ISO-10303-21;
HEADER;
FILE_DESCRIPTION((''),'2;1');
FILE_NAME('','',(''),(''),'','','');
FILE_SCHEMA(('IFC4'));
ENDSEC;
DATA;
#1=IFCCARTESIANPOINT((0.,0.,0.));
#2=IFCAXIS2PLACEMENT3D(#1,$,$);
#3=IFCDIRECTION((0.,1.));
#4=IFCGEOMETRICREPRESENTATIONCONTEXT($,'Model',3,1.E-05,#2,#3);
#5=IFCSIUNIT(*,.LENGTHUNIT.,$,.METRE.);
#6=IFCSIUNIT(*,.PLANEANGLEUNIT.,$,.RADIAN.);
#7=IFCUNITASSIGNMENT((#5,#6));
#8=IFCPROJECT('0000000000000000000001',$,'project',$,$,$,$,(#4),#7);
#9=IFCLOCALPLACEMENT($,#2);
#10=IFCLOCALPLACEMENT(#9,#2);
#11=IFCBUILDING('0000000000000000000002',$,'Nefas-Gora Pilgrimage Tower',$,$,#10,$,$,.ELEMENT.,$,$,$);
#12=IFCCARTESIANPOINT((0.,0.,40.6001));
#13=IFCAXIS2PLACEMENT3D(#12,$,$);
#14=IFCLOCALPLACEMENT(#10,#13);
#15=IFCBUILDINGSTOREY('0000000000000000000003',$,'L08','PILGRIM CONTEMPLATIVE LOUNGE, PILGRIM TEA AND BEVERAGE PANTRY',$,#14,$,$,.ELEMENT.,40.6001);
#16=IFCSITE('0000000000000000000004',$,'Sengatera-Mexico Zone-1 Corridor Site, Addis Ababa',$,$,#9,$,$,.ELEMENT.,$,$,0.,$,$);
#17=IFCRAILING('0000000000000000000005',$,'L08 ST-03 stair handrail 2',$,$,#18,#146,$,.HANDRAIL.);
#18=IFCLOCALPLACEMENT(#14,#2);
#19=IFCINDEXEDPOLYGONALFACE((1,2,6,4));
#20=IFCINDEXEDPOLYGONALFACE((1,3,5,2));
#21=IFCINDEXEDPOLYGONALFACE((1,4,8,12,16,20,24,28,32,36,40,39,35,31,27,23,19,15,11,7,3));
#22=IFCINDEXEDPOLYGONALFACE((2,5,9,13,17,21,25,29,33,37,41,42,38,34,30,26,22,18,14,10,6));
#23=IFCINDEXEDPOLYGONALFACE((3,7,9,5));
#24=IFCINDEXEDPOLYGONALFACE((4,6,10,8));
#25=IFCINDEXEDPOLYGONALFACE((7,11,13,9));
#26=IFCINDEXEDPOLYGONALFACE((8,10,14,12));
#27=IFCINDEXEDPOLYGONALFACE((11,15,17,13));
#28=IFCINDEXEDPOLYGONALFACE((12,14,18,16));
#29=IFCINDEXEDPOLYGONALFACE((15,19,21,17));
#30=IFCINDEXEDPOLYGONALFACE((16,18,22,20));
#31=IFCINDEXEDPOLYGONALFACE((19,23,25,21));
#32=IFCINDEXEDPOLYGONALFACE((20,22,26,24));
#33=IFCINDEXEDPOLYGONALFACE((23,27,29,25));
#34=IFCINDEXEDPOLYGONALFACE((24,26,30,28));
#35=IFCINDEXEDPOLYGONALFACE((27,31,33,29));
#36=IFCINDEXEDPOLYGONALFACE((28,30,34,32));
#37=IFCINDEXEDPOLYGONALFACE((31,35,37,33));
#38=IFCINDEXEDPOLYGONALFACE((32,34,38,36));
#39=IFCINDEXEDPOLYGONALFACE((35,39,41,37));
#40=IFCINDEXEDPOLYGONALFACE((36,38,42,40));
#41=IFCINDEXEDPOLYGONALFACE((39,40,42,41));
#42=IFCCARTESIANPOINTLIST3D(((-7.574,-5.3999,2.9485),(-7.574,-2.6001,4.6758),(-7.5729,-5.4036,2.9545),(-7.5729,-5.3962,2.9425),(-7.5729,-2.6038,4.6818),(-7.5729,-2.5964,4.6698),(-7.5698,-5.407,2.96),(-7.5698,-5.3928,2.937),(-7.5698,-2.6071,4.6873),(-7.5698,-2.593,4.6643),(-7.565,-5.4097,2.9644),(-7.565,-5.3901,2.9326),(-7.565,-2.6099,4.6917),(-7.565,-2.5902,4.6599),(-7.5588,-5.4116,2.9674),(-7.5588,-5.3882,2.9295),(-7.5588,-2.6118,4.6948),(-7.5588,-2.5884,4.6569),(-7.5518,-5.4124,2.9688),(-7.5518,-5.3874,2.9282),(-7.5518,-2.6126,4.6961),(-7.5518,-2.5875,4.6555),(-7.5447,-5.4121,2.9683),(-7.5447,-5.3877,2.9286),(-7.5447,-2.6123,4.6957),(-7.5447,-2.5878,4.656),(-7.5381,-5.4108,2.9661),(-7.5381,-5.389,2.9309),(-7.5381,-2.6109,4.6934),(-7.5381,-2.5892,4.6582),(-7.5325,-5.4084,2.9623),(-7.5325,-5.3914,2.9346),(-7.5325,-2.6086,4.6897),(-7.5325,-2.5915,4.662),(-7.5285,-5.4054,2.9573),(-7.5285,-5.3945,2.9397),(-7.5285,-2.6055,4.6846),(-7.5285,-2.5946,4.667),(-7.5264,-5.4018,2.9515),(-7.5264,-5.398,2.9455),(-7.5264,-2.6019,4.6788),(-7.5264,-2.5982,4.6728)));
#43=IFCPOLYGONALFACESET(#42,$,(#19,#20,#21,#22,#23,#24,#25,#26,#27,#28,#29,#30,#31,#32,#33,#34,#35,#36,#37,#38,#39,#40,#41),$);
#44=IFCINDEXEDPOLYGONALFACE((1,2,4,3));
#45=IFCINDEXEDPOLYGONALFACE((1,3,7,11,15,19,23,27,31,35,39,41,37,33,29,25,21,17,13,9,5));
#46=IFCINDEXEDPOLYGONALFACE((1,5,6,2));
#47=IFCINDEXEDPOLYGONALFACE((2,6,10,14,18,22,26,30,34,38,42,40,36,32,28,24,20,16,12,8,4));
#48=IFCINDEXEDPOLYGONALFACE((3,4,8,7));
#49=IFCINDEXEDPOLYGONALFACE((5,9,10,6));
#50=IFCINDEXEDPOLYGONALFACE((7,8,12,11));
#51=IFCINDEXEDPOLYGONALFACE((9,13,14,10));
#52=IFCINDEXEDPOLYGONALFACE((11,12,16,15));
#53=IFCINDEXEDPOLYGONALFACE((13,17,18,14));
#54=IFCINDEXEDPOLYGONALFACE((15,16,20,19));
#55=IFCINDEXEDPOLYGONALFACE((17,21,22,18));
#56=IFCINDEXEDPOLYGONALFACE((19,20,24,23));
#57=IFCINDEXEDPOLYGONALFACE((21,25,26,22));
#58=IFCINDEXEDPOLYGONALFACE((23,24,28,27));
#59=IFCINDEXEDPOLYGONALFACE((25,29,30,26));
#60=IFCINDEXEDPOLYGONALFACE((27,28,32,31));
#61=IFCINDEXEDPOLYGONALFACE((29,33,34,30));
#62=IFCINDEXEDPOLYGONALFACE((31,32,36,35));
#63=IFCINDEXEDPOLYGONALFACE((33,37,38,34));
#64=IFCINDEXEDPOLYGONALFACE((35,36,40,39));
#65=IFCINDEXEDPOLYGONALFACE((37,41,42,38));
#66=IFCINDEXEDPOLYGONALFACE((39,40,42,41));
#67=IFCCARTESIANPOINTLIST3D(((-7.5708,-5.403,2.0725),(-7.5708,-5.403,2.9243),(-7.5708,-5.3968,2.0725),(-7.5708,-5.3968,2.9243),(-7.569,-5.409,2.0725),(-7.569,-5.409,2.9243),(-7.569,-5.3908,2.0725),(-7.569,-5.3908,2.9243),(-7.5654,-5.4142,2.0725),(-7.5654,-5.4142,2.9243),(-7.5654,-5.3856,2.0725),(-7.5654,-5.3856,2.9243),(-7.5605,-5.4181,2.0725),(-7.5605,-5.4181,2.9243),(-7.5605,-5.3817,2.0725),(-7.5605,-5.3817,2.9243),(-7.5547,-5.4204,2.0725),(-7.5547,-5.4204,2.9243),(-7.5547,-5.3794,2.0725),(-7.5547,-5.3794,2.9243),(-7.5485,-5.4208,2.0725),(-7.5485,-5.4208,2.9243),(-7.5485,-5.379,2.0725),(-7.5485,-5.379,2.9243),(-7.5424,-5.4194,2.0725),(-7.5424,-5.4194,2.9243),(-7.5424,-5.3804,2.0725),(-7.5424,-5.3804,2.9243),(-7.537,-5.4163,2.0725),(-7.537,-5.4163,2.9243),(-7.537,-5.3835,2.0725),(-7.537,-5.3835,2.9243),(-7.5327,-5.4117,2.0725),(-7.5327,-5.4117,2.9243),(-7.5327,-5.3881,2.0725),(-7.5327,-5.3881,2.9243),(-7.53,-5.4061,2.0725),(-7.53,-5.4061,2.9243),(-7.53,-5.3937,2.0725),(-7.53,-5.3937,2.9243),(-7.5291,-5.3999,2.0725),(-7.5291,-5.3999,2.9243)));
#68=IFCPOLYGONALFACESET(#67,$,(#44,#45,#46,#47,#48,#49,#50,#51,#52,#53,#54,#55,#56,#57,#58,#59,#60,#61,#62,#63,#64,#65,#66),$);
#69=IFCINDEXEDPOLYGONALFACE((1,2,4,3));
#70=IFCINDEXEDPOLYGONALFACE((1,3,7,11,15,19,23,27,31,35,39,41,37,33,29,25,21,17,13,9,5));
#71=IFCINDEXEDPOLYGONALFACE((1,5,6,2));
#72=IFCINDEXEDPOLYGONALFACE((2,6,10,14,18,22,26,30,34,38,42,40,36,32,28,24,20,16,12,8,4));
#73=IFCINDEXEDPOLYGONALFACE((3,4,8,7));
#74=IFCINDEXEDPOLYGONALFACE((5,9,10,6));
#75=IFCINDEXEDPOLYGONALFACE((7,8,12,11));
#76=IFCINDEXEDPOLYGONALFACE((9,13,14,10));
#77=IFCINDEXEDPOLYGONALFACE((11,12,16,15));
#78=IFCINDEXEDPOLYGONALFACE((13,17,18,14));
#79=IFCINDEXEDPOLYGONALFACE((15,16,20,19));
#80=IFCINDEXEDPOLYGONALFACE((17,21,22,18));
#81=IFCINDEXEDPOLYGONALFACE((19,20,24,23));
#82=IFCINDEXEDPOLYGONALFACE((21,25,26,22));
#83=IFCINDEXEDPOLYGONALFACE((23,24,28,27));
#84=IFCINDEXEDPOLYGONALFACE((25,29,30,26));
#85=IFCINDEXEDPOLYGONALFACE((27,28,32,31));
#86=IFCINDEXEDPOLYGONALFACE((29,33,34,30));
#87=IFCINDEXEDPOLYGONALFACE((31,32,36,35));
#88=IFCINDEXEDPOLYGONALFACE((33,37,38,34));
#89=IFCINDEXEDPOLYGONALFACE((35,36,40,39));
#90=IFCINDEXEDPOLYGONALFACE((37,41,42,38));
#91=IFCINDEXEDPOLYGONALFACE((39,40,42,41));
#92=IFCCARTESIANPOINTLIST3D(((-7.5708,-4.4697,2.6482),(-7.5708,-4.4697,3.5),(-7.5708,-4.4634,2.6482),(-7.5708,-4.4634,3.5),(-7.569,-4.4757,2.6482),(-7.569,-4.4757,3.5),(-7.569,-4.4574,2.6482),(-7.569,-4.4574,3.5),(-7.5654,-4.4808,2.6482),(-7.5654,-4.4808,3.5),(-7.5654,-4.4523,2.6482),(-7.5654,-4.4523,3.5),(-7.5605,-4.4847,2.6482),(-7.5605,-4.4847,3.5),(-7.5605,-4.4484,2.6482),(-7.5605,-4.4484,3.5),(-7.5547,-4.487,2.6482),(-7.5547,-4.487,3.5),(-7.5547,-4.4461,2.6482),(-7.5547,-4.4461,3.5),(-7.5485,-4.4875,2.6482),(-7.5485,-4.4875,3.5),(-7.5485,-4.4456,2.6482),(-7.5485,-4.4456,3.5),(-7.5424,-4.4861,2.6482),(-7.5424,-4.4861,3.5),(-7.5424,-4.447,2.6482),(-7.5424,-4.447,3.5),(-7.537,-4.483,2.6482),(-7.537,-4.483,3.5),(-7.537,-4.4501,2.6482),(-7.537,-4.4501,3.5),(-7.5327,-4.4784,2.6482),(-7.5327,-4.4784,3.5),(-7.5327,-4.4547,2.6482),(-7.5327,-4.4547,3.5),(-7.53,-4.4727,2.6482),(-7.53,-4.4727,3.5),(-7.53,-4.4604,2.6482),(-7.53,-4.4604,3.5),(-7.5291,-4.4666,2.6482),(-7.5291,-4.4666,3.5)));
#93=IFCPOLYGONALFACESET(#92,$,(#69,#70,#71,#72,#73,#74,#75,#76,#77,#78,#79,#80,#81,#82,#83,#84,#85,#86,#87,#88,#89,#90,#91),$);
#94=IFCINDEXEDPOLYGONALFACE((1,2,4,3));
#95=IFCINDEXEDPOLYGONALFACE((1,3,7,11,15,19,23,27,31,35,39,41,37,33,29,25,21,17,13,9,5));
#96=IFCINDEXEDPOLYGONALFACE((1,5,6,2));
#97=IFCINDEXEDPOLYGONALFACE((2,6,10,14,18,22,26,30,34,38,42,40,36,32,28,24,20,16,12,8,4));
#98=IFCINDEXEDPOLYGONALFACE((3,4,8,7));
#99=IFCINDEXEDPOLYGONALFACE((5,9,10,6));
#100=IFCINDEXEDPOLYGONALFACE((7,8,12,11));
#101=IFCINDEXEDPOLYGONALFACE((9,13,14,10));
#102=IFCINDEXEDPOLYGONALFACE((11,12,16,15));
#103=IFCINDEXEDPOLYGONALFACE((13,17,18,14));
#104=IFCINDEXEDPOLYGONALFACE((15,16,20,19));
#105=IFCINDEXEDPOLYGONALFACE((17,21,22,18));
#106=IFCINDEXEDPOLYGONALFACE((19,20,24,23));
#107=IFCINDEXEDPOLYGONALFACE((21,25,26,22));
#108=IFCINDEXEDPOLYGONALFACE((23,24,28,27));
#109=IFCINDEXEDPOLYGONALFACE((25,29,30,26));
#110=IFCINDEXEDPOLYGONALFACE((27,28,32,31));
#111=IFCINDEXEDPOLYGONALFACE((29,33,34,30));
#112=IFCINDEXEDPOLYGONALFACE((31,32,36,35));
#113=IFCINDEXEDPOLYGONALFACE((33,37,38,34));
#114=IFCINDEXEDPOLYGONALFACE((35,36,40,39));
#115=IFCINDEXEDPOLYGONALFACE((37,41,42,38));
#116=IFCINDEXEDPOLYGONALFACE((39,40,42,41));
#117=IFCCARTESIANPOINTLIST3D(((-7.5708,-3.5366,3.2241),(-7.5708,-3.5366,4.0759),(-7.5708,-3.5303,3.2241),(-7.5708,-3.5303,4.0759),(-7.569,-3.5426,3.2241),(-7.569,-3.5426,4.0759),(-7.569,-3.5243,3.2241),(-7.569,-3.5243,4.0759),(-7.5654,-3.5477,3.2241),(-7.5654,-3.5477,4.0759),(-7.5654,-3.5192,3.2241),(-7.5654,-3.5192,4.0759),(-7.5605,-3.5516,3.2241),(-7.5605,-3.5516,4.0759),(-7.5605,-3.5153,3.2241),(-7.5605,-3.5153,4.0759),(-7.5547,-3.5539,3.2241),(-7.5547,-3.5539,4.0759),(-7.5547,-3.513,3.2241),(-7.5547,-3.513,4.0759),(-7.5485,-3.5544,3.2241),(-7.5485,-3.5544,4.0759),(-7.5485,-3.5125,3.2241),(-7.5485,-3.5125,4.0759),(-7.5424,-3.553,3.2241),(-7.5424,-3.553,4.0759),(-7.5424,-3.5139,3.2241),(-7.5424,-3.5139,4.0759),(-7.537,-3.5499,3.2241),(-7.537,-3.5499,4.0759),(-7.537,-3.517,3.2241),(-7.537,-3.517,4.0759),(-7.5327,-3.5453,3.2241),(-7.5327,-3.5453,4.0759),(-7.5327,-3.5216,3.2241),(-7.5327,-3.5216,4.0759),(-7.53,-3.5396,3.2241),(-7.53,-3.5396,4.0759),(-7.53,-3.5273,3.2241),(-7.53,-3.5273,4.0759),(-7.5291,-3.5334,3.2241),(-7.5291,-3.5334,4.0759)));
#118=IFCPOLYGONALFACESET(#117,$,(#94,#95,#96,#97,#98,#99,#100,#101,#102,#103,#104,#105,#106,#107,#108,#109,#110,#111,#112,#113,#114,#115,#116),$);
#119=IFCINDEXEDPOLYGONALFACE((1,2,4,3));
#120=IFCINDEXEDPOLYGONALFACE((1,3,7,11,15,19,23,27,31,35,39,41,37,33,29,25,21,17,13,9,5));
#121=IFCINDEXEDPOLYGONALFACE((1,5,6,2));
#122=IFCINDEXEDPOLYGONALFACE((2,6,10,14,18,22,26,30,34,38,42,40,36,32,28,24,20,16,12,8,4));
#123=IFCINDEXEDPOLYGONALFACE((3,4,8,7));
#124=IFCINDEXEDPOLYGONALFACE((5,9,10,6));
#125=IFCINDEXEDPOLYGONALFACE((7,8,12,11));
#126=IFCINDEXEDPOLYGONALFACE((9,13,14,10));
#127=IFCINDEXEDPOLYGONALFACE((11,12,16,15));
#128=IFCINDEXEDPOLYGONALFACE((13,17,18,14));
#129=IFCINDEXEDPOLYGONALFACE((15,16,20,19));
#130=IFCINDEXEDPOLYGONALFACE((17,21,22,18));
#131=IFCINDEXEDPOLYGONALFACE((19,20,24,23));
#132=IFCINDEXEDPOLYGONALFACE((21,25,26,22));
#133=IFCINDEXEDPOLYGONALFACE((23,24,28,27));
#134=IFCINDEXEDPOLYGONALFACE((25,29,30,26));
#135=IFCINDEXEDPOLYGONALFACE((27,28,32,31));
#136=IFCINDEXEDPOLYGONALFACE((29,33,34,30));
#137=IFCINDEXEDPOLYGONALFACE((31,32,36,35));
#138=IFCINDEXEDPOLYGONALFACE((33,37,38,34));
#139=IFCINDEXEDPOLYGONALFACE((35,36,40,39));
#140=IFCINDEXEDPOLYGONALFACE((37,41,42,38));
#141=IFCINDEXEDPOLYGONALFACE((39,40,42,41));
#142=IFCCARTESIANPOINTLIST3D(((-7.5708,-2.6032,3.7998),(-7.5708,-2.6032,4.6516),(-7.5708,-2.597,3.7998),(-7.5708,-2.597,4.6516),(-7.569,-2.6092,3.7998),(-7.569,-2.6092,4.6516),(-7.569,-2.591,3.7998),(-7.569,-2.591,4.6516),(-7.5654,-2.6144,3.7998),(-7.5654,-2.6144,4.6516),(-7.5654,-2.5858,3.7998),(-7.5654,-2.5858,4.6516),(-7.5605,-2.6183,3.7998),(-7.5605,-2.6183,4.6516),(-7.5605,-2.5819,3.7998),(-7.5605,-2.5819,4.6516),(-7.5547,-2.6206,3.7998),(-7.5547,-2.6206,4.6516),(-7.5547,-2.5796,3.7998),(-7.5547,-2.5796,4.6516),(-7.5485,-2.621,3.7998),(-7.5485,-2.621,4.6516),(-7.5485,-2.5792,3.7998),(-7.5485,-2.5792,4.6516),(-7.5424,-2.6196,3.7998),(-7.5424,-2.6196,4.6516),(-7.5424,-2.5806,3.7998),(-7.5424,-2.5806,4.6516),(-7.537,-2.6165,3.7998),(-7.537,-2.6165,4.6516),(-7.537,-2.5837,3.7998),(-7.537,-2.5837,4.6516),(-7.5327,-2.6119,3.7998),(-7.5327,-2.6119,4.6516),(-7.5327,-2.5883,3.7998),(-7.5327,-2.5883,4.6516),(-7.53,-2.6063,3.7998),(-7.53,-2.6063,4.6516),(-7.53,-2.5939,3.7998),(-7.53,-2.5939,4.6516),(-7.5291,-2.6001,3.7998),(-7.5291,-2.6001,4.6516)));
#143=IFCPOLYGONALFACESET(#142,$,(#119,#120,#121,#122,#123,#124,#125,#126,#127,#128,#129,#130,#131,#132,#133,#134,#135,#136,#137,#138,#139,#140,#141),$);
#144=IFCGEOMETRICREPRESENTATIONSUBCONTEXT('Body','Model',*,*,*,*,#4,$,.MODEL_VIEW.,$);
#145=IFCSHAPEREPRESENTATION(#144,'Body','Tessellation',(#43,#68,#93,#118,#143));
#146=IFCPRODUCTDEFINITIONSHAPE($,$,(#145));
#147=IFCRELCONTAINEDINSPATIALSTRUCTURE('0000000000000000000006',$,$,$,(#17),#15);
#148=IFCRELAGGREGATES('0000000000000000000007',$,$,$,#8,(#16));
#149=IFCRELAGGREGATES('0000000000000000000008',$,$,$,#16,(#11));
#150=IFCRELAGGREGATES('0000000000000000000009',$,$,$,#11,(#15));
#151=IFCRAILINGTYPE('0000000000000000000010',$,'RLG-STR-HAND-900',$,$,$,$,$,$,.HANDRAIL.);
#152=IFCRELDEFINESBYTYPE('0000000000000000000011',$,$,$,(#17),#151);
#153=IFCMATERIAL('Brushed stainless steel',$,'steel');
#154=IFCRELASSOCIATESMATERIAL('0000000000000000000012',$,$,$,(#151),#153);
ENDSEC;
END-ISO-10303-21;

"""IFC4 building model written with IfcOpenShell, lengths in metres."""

from ifc_helpers import new_model, si_unit, direction, frame, origin, origin_2d, place, context, subcontext, project, spatial, circle, extrude, material, type_object, element, save


model = new_model("IFC4")

# Units and contexts
model_context = context("Model", 3, precision=1e-05, world=origin(), true_north=direction((0.0, 1.0)))
body_context = subcontext(model_context, "Body", "Model", "MODEL_VIEW")
ifc_project = project(units=[si_unit("LENGTHUNIT", "METRE"), si_unit("PLANEANGLEUNIT", "RADIAN")], contexts=[model_context])

# Site, building, storey
site_placement = place(None, origin())
site = spatial("IfcSite", under=ifc_project, at=site_placement, Name="Sengatera-Mexico Zone-1 Corridor Site, Addis Ababa", CompositionType="ELEMENT", RefElevation=0.0)
building_placement = place(site_placement, origin())
building = spatial("IfcBuilding", under=site, at=building_placement, Name="Nefas-Gora Pilgrimage Tower", CompositionType="ELEMENT")
storey_placement = place(building_placement, frame((0.0, 0.0, 40.6001)))
storey = spatial("IfcBuildingStorey", under=building, at=storey_placement, Name="L08", Description="PILGRIM CONTEMPLATIVE LOUNGE, PILGRIM TEA AND BEVERAGE PANTRY", CompositionType="ELEMENT", Elevation=40.6001)

# Railing
ifc_material_1 = material(Name="Brushed stainless steel", Category="steel")
railing_type_1 = type_object("IfcRailingType", Name="RLG-STR-HAND-900", PredefinedType="HANDRAIL", material=ifc_material_1)
railing_1_placement = place(storey_placement, frame((-7.55, -5.3999, 2.0725)))
element("IfcRailing", 1, at=railing_1_placement, inside=storey, type_object=railing_type_1, Name="L08 ST-03 stair handrail 2", PredefinedType="HANDRAIL", context=body_context, shape_type="SweptSolid", body=[
    extrude(circle(Radius=0.0239, at=origin_2d()), frame((0.0, 0.0, 0.876), z_axis=(0.0, 0.851069, 0.525054), x_axis=(-1.0, 0.0, 0.0)), (0.0, 0.0, 1.0), 3.2898),
    extrude(circle(Radius=0.021, at=origin_2d()), origin(), (0.0, 0.0, 1.0), 0.8518),
    extrude(circle(Radius=0.021, at=origin_2d()), frame((0.0, 0.9333, 0.5757)), (0.0, 0.0, 1.0), 0.8518),
    extrude(circle(Radius=0.021, at=origin_2d()), frame((0.0, 1.8665, 1.1516)), (0.0, 0.0, 1.0), 0.8518),
    extrude(circle(Radius=0.021, at=origin_2d()), frame((0.0, 2.7998, 1.7273)), (0.0, 0.0, 1.0), 0.8518),
])

save(model, "model.ifc")
